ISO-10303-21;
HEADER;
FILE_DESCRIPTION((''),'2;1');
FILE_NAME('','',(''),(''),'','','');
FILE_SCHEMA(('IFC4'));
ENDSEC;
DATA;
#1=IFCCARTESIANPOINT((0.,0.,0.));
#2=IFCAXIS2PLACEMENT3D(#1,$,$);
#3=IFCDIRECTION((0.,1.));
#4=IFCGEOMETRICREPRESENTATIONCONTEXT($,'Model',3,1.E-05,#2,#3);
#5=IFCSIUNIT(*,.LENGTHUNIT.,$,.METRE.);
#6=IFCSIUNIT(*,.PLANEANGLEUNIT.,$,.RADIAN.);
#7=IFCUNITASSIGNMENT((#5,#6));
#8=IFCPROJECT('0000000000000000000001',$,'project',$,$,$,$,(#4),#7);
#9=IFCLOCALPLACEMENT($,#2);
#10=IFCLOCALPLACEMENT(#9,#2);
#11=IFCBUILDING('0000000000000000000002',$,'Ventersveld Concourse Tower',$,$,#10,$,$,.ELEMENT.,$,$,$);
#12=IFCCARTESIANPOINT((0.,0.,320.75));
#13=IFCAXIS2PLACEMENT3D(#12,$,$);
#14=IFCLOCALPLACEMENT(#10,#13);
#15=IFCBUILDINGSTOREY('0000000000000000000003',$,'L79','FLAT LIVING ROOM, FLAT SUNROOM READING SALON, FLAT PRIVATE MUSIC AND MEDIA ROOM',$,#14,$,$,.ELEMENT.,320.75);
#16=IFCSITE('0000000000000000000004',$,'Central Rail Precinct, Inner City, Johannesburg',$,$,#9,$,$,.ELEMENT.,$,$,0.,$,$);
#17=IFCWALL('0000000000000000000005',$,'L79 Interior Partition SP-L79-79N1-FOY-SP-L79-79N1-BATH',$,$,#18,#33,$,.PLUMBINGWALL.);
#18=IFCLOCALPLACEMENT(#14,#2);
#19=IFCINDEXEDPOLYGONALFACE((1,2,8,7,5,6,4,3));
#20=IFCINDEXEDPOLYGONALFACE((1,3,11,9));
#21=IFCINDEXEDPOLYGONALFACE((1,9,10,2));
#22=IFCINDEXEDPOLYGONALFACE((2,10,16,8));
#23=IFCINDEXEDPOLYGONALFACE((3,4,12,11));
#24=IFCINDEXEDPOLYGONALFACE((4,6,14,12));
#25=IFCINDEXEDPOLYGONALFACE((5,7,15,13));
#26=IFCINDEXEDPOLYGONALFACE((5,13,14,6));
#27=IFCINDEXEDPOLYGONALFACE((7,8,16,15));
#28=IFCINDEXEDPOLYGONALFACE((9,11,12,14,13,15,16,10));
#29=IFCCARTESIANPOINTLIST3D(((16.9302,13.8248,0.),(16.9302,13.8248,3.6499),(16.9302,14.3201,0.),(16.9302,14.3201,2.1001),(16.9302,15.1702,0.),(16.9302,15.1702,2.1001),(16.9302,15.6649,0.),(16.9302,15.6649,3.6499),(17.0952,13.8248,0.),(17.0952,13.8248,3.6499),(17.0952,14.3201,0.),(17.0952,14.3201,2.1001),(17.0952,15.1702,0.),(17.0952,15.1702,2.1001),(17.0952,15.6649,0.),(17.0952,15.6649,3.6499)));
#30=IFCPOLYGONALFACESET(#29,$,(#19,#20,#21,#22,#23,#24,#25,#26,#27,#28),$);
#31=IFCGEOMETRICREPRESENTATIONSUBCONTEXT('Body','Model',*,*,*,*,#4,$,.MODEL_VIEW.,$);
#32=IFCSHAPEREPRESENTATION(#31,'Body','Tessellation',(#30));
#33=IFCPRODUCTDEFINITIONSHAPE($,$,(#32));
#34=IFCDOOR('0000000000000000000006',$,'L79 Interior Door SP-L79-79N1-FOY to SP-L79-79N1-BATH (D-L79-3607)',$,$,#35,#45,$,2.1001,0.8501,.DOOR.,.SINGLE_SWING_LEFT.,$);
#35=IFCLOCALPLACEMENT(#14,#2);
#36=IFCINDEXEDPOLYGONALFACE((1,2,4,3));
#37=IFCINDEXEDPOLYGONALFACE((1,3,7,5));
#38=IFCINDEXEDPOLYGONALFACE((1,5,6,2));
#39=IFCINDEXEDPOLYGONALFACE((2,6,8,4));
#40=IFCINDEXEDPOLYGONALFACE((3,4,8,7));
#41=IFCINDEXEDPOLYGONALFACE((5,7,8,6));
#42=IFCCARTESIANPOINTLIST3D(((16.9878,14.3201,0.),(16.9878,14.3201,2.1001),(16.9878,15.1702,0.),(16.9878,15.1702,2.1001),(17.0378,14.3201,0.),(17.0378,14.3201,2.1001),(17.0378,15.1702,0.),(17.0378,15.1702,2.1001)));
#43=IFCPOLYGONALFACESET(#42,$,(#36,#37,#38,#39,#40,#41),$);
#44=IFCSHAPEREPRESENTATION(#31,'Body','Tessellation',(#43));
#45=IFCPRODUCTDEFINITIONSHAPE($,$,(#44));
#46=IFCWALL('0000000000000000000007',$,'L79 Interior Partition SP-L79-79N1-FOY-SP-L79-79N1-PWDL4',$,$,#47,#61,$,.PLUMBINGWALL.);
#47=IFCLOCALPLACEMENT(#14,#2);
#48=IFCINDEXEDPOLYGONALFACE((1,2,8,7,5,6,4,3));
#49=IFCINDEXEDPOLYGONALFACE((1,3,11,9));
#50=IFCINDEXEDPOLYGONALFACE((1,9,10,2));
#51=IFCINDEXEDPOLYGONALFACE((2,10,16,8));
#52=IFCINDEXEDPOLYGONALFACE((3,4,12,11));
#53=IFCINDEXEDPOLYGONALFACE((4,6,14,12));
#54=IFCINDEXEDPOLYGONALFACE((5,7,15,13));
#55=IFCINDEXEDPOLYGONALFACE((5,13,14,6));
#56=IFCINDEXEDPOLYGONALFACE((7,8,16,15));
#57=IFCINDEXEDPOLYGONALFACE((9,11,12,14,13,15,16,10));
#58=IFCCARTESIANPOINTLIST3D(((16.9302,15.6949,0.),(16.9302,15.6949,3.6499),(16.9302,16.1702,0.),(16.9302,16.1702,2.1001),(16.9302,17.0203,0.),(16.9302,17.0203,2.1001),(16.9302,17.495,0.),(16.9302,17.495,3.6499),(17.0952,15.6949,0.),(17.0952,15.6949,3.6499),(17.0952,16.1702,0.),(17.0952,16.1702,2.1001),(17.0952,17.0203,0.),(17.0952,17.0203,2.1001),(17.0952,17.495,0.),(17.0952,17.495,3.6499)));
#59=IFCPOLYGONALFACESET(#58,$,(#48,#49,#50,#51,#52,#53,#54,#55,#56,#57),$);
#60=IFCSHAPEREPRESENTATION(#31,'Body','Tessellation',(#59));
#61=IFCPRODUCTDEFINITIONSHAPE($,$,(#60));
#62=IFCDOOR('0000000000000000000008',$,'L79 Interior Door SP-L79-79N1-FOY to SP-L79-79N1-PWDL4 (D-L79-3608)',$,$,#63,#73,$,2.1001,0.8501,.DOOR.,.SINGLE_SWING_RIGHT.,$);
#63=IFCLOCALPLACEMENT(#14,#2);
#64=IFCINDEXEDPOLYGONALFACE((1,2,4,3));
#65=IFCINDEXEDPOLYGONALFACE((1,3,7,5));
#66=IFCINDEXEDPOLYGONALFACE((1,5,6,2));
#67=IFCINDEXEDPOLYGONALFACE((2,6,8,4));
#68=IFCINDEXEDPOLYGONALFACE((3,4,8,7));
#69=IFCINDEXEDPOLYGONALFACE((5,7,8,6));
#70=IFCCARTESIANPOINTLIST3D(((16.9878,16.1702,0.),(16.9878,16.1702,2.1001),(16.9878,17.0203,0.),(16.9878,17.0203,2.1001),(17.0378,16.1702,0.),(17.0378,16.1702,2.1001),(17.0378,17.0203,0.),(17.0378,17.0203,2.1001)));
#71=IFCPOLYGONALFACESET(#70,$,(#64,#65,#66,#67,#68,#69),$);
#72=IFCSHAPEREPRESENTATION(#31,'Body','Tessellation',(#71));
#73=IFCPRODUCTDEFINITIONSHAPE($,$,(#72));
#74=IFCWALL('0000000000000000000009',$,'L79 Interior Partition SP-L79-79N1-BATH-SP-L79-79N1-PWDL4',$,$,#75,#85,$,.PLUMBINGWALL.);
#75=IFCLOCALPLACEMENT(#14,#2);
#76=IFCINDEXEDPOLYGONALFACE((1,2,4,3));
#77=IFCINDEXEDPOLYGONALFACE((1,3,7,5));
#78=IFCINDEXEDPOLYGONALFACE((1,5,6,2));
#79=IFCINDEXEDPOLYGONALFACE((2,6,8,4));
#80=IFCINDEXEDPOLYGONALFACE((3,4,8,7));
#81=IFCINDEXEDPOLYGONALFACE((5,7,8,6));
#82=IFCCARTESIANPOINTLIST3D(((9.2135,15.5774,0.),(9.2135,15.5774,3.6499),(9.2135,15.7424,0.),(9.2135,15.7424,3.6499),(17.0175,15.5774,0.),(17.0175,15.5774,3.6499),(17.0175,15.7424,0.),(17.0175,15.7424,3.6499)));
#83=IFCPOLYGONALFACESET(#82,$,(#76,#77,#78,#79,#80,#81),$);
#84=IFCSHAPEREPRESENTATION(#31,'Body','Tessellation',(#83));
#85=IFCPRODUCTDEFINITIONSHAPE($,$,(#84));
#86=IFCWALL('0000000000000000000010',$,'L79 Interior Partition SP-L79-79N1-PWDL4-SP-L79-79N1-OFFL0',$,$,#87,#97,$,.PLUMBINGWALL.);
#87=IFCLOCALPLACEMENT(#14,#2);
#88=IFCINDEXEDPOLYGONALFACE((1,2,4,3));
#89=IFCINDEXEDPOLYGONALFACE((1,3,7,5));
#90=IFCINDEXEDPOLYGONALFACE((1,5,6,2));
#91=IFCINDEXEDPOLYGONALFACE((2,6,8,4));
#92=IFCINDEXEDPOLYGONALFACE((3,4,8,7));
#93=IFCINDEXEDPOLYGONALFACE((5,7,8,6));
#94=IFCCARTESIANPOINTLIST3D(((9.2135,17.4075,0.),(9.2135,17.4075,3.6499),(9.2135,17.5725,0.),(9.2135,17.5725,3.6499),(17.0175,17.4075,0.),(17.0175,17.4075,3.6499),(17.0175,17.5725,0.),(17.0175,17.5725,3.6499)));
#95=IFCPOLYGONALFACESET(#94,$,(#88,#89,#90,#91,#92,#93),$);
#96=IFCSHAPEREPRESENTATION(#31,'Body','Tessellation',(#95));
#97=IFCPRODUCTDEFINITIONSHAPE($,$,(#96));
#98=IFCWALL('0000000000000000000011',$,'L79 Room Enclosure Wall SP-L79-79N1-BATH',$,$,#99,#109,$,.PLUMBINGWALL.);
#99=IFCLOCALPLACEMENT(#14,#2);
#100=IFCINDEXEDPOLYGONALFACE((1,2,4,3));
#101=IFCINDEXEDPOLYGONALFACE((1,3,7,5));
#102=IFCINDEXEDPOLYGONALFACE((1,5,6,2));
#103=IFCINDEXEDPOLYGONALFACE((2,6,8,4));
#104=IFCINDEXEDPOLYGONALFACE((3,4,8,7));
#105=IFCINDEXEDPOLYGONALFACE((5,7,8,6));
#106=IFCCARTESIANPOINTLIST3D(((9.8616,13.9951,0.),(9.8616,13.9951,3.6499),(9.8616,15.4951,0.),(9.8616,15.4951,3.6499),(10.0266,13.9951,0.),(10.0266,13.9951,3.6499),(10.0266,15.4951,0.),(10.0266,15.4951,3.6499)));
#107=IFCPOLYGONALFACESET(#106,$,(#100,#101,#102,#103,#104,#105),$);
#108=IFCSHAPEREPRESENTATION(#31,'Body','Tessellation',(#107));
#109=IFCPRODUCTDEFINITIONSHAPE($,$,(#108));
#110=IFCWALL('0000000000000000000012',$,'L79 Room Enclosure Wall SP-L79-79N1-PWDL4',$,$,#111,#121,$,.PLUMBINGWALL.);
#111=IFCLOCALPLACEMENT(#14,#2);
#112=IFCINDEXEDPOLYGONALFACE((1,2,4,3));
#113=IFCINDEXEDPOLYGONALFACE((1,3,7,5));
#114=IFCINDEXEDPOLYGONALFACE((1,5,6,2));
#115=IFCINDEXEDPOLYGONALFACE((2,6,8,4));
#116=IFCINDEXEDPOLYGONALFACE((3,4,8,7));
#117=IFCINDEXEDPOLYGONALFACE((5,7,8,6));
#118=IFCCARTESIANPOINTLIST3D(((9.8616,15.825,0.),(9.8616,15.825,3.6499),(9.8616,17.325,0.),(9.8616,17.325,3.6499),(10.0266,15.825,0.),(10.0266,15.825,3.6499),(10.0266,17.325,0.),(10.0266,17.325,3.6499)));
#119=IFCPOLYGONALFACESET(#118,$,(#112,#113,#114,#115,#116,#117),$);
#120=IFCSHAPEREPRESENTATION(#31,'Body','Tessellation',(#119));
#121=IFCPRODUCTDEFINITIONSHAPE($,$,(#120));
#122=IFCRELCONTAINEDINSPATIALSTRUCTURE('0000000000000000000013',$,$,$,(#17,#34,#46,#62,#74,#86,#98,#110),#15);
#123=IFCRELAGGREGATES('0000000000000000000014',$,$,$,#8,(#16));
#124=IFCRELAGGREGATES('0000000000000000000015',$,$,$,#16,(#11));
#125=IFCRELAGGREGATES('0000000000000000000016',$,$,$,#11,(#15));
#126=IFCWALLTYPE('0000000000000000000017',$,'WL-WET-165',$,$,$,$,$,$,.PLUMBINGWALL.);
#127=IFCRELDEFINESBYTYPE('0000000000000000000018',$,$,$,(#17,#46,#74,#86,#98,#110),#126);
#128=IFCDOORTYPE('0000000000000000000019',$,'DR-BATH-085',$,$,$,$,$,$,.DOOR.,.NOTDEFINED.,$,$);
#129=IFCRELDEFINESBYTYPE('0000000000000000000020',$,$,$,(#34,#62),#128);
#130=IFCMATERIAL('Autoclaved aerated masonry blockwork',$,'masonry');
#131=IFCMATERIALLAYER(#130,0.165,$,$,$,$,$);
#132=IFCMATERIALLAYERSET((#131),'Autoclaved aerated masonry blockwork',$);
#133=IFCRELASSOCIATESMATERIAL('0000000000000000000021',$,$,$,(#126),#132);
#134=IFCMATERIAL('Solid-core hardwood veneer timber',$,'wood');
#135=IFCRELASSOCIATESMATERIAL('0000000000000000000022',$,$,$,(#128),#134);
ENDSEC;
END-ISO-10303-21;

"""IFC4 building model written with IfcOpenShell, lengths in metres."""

from ifc_helpers import new_model, si_unit, direction, frame, frame_2d, origin, place, context, subcontext, project, spatial, rectangle, extrude, material, layer, layer_set, type_object, element, fill, save


model = new_model("IFC4")

# Units and contexts
model_context = context("Model", 3, precision=1e-05, world=origin(), true_north=direction((0.0, 1.0)))
body_context = subcontext(model_context, "Body", "Model", "MODEL_VIEW")
ifc_project = project(units=[si_unit("LENGTHUNIT", "METRE"), si_unit("PLANEANGLEUNIT", "RADIAN")], contexts=[model_context])

# Site, building, storey
site_placement = place(None, origin())
site = spatial("IfcSite", under=ifc_project, at=site_placement, Name="Central Rail Precinct, Inner City, Johannesburg", CompositionType="ELEMENT", RefElevation=0.0)
building_placement = place(site_placement, origin())
building = spatial("IfcBuilding", under=site, at=building_placement, Name="Ventersveld Concourse Tower", CompositionType="ELEMENT")
storey_placement = place(building_placement, frame((0.0, 0.0, 320.75)))
storey = spatial("IfcBuildingStorey", under=building, at=storey_placement, Name="L79", Description="FLAT LIVING ROOM, FLAT SUNROOM READING SALON, FLAT PRIVATE MUSIC AND MEDIA ROOM", CompositionType="ELEMENT", Elevation=320.75)

# Shared definitions
ifc_material_1 = material(Name="Solid-core hardwood veneer timber", Category="wood")

# Walls, openings, doors
ifc_material_2 = material(Name="Autoclaved aerated masonry blockwork", Category="masonry")
ifc_layer_1 = layer(ifc_material_2, 0.165)
ifc_layer_set_1 = layer_set([ifc_layer_1], Name="Autoclaved aerated masonry blockwork")
wall_type_1 = type_object("IfcWallType", Name="WL-WET-165", PredefinedType="PLUMBINGWALL", material=ifc_layer_set_1)
wall_1_placement = place(storey_placement, frame((17.0127, 13.825, 0.0), z_axis=(0.0, 0.0, 1.0), x_axis=(0.0, 1.0, 0.0)))
wall_1 = element("IfcWall", 1, at=wall_1_placement, inside=storey, type_object=wall_type_1, Name="L79 Interior Partition SP-L79-79N1-FOY-SP-L79-79N1-BATH", PredefinedType="PLUMBINGWALL", context=body_context, shape_type="SweptSolid", body=[
    extrude(rectangle(XDim=1.8401, YDim=0.165, at=frame_2d((0.9199, 0.0))), origin(), (0.0, 0.0, 1.0), 3.6499),
])
opening_1_placement = place(wall_1_placement, frame((0.4951, 0.0, 0.0)))
opening_1 = element("IfcOpeningElement", 2, at=opening_1_placement, cuts=wall_1, PredefinedType="OPENING", context=body_context, shape_type="SweptSolid", body=[
    extrude(rectangle(XDim=0.8501, YDim=2.1001, at=frame_2d((0.425, 1.05))), frame((0.0, 0.0925, 0.0), z_axis=(0.0, -1.0, 0.0), x_axis=(1.0, 0.0, 0.0)), (0.0, 0.0, 1.0), 0.1851),
])
door_type_1 = type_object("IfcDoorType", Name="DR-BATH-085", OperationType="NOTDEFINED", PredefinedType="DOOR", material=ifc_material_1)
door_1_placement = place(opening_1_placement, origin())
door_1 = element("IfcDoor", 3, at=door_1_placement, inside=storey, type_object=door_type_1, Name="L79 Interior Door SP-L79-79N1-FOY to SP-L79-79N1-BATH (D-L79-3607)", OperationType="SINGLE_SWING_LEFT", OverallHeight=2.1001, OverallWidth=0.8501, PredefinedType="DOOR", context=body_context, shape_type="SweptSolid", body=[
    extrude(rectangle(XDim=0.8501, YDim=2.1001, at=frame_2d((0.425, 1.05))), frame((0.0, 0.0249, 0.0), z_axis=(0.0, -1.0, 0.0), x_axis=(1.0, 0.0, 0.0)), (0.0, 0.0, 1.0), 0.05),
])
fill(opening_1, door_1)
wall_2_placement = place(storey_placement, frame((17.0127, 15.6951, 0.0), z_axis=(0.0, 0.0, 1.0), x_axis=(0.0, 1.0, 0.0)))
wall_2 = element("IfcWall", 4, at=wall_2_placement, inside=storey, type_object=wall_type_1, Name="L79 Interior Partition SP-L79-79N1-FOY-SP-L79-79N1-PWDL4", PredefinedType="PLUMBINGWALL", context=body_context, shape_type="SweptSolid", body=[
    extrude(rectangle(XDim=1.8, YDim=0.165, at=frame_2d((0.8999, 0.0))), origin(), (0.0, 0.0, 1.0), 3.6499),
])
opening_2_placement = place(wall_2_placement, frame((0.4751, 0.0, 0.0)))
opening_2 = element("IfcOpeningElement", 5, at=opening_2_placement, cuts=wall_2, PredefinedType="OPENING", context=body_context, shape_type="SweptSolid", body=[
    extrude(rectangle(XDim=0.8501, YDim=2.1001, at=frame_2d((0.425, 1.05))), frame((0.0, 0.0925, 0.0), z_axis=(0.0, -1.0, 0.0), x_axis=(1.0, 0.0, 0.0)), (0.0, 0.0, 1.0), 0.1851),
])
door_2_placement = place(opening_2_placement, origin())
door_2 = element("IfcDoor", 6, at=door_2_placement, inside=storey, type_object=door_type_1, Name="L79 Interior Door SP-L79-79N1-FOY to SP-L79-79N1-PWDL4 (D-L79-3608)", OperationType="SINGLE_SWING_RIGHT", OverallHeight=2.1001, OverallWidth=0.8501, PredefinedType="DOOR", context=body_context, shape_type="SweptSolid", body=[
    extrude(rectangle(XDim=0.8501, YDim=2.1001, at=frame_2d((0.425, 1.05))), frame((0.0, 0.0249, 0.0), z_axis=(0.0, -1.0, 0.0), x_axis=(1.0, 0.0, 0.0)), (0.0, 0.0, 1.0), 0.05),
])
fill(opening_2, door_2)

# Walls
for number, where, z_axis, x_axis, name in (
    (7, (9.2136, 15.6599, 0.0), (0.0, 0.0, 1.0), (1.0, 0.0, 0.0), "L79 Interior Partition SP-L79-79N1-BATH-SP-L79-79N1-PWDL4"),
    (8, (9.2136, 17.49, 0.0), (0.0, 0.0, 1.0), (1.0, 0.0, 0.0), "L79 Interior Partition SP-L79-79N1-PWDL4-SP-L79-79N1-OFFL0"),
):
    element("IfcWall", number, at=place(storey_placement, frame(where, z_axis=z_axis, x_axis=x_axis)), inside=storey, type_object=wall_type_1, Name=name, PredefinedType="PLUMBINGWALL", context=body_context, shape_type="SweptSolid", body=[
        extrude(rectangle(XDim=7.804, YDim=0.165, at=frame_2d((3.9019, 0.0))), origin(), (0.0, 0.0, 1.0), 3.6499),
    ])
for number, where, z_axis, x_axis, name in (
    (9, (9.9441, 13.9951, 0.0), (0.0, 0.0, 1.0), (0.0, 1.0, 0.0), "L79 Room Enclosure Wall SP-L79-79N1-BATH"),
    (10, (9.9441, 15.825, 0.0), (0.0, 0.0, 1.0), (0.0, 1.0, 0.0), "L79 Room Enclosure Wall SP-L79-79N1-PWDL4"),
):
    element("IfcWall", number, at=place(storey_placement, frame(where, z_axis=z_axis, x_axis=x_axis)), inside=storey, type_object=wall_type_1, Name=name, PredefinedType="PLUMBINGWALL", context=body_context, shape_type="SweptSolid", body=[
        extrude(rectangle(XDim=1.5, YDim=0.165, at=frame_2d((0.75, 0.0))), origin(), (0.0, 0.0, 1.0), 3.6499),
    ])

save(model, "model.ifc")
